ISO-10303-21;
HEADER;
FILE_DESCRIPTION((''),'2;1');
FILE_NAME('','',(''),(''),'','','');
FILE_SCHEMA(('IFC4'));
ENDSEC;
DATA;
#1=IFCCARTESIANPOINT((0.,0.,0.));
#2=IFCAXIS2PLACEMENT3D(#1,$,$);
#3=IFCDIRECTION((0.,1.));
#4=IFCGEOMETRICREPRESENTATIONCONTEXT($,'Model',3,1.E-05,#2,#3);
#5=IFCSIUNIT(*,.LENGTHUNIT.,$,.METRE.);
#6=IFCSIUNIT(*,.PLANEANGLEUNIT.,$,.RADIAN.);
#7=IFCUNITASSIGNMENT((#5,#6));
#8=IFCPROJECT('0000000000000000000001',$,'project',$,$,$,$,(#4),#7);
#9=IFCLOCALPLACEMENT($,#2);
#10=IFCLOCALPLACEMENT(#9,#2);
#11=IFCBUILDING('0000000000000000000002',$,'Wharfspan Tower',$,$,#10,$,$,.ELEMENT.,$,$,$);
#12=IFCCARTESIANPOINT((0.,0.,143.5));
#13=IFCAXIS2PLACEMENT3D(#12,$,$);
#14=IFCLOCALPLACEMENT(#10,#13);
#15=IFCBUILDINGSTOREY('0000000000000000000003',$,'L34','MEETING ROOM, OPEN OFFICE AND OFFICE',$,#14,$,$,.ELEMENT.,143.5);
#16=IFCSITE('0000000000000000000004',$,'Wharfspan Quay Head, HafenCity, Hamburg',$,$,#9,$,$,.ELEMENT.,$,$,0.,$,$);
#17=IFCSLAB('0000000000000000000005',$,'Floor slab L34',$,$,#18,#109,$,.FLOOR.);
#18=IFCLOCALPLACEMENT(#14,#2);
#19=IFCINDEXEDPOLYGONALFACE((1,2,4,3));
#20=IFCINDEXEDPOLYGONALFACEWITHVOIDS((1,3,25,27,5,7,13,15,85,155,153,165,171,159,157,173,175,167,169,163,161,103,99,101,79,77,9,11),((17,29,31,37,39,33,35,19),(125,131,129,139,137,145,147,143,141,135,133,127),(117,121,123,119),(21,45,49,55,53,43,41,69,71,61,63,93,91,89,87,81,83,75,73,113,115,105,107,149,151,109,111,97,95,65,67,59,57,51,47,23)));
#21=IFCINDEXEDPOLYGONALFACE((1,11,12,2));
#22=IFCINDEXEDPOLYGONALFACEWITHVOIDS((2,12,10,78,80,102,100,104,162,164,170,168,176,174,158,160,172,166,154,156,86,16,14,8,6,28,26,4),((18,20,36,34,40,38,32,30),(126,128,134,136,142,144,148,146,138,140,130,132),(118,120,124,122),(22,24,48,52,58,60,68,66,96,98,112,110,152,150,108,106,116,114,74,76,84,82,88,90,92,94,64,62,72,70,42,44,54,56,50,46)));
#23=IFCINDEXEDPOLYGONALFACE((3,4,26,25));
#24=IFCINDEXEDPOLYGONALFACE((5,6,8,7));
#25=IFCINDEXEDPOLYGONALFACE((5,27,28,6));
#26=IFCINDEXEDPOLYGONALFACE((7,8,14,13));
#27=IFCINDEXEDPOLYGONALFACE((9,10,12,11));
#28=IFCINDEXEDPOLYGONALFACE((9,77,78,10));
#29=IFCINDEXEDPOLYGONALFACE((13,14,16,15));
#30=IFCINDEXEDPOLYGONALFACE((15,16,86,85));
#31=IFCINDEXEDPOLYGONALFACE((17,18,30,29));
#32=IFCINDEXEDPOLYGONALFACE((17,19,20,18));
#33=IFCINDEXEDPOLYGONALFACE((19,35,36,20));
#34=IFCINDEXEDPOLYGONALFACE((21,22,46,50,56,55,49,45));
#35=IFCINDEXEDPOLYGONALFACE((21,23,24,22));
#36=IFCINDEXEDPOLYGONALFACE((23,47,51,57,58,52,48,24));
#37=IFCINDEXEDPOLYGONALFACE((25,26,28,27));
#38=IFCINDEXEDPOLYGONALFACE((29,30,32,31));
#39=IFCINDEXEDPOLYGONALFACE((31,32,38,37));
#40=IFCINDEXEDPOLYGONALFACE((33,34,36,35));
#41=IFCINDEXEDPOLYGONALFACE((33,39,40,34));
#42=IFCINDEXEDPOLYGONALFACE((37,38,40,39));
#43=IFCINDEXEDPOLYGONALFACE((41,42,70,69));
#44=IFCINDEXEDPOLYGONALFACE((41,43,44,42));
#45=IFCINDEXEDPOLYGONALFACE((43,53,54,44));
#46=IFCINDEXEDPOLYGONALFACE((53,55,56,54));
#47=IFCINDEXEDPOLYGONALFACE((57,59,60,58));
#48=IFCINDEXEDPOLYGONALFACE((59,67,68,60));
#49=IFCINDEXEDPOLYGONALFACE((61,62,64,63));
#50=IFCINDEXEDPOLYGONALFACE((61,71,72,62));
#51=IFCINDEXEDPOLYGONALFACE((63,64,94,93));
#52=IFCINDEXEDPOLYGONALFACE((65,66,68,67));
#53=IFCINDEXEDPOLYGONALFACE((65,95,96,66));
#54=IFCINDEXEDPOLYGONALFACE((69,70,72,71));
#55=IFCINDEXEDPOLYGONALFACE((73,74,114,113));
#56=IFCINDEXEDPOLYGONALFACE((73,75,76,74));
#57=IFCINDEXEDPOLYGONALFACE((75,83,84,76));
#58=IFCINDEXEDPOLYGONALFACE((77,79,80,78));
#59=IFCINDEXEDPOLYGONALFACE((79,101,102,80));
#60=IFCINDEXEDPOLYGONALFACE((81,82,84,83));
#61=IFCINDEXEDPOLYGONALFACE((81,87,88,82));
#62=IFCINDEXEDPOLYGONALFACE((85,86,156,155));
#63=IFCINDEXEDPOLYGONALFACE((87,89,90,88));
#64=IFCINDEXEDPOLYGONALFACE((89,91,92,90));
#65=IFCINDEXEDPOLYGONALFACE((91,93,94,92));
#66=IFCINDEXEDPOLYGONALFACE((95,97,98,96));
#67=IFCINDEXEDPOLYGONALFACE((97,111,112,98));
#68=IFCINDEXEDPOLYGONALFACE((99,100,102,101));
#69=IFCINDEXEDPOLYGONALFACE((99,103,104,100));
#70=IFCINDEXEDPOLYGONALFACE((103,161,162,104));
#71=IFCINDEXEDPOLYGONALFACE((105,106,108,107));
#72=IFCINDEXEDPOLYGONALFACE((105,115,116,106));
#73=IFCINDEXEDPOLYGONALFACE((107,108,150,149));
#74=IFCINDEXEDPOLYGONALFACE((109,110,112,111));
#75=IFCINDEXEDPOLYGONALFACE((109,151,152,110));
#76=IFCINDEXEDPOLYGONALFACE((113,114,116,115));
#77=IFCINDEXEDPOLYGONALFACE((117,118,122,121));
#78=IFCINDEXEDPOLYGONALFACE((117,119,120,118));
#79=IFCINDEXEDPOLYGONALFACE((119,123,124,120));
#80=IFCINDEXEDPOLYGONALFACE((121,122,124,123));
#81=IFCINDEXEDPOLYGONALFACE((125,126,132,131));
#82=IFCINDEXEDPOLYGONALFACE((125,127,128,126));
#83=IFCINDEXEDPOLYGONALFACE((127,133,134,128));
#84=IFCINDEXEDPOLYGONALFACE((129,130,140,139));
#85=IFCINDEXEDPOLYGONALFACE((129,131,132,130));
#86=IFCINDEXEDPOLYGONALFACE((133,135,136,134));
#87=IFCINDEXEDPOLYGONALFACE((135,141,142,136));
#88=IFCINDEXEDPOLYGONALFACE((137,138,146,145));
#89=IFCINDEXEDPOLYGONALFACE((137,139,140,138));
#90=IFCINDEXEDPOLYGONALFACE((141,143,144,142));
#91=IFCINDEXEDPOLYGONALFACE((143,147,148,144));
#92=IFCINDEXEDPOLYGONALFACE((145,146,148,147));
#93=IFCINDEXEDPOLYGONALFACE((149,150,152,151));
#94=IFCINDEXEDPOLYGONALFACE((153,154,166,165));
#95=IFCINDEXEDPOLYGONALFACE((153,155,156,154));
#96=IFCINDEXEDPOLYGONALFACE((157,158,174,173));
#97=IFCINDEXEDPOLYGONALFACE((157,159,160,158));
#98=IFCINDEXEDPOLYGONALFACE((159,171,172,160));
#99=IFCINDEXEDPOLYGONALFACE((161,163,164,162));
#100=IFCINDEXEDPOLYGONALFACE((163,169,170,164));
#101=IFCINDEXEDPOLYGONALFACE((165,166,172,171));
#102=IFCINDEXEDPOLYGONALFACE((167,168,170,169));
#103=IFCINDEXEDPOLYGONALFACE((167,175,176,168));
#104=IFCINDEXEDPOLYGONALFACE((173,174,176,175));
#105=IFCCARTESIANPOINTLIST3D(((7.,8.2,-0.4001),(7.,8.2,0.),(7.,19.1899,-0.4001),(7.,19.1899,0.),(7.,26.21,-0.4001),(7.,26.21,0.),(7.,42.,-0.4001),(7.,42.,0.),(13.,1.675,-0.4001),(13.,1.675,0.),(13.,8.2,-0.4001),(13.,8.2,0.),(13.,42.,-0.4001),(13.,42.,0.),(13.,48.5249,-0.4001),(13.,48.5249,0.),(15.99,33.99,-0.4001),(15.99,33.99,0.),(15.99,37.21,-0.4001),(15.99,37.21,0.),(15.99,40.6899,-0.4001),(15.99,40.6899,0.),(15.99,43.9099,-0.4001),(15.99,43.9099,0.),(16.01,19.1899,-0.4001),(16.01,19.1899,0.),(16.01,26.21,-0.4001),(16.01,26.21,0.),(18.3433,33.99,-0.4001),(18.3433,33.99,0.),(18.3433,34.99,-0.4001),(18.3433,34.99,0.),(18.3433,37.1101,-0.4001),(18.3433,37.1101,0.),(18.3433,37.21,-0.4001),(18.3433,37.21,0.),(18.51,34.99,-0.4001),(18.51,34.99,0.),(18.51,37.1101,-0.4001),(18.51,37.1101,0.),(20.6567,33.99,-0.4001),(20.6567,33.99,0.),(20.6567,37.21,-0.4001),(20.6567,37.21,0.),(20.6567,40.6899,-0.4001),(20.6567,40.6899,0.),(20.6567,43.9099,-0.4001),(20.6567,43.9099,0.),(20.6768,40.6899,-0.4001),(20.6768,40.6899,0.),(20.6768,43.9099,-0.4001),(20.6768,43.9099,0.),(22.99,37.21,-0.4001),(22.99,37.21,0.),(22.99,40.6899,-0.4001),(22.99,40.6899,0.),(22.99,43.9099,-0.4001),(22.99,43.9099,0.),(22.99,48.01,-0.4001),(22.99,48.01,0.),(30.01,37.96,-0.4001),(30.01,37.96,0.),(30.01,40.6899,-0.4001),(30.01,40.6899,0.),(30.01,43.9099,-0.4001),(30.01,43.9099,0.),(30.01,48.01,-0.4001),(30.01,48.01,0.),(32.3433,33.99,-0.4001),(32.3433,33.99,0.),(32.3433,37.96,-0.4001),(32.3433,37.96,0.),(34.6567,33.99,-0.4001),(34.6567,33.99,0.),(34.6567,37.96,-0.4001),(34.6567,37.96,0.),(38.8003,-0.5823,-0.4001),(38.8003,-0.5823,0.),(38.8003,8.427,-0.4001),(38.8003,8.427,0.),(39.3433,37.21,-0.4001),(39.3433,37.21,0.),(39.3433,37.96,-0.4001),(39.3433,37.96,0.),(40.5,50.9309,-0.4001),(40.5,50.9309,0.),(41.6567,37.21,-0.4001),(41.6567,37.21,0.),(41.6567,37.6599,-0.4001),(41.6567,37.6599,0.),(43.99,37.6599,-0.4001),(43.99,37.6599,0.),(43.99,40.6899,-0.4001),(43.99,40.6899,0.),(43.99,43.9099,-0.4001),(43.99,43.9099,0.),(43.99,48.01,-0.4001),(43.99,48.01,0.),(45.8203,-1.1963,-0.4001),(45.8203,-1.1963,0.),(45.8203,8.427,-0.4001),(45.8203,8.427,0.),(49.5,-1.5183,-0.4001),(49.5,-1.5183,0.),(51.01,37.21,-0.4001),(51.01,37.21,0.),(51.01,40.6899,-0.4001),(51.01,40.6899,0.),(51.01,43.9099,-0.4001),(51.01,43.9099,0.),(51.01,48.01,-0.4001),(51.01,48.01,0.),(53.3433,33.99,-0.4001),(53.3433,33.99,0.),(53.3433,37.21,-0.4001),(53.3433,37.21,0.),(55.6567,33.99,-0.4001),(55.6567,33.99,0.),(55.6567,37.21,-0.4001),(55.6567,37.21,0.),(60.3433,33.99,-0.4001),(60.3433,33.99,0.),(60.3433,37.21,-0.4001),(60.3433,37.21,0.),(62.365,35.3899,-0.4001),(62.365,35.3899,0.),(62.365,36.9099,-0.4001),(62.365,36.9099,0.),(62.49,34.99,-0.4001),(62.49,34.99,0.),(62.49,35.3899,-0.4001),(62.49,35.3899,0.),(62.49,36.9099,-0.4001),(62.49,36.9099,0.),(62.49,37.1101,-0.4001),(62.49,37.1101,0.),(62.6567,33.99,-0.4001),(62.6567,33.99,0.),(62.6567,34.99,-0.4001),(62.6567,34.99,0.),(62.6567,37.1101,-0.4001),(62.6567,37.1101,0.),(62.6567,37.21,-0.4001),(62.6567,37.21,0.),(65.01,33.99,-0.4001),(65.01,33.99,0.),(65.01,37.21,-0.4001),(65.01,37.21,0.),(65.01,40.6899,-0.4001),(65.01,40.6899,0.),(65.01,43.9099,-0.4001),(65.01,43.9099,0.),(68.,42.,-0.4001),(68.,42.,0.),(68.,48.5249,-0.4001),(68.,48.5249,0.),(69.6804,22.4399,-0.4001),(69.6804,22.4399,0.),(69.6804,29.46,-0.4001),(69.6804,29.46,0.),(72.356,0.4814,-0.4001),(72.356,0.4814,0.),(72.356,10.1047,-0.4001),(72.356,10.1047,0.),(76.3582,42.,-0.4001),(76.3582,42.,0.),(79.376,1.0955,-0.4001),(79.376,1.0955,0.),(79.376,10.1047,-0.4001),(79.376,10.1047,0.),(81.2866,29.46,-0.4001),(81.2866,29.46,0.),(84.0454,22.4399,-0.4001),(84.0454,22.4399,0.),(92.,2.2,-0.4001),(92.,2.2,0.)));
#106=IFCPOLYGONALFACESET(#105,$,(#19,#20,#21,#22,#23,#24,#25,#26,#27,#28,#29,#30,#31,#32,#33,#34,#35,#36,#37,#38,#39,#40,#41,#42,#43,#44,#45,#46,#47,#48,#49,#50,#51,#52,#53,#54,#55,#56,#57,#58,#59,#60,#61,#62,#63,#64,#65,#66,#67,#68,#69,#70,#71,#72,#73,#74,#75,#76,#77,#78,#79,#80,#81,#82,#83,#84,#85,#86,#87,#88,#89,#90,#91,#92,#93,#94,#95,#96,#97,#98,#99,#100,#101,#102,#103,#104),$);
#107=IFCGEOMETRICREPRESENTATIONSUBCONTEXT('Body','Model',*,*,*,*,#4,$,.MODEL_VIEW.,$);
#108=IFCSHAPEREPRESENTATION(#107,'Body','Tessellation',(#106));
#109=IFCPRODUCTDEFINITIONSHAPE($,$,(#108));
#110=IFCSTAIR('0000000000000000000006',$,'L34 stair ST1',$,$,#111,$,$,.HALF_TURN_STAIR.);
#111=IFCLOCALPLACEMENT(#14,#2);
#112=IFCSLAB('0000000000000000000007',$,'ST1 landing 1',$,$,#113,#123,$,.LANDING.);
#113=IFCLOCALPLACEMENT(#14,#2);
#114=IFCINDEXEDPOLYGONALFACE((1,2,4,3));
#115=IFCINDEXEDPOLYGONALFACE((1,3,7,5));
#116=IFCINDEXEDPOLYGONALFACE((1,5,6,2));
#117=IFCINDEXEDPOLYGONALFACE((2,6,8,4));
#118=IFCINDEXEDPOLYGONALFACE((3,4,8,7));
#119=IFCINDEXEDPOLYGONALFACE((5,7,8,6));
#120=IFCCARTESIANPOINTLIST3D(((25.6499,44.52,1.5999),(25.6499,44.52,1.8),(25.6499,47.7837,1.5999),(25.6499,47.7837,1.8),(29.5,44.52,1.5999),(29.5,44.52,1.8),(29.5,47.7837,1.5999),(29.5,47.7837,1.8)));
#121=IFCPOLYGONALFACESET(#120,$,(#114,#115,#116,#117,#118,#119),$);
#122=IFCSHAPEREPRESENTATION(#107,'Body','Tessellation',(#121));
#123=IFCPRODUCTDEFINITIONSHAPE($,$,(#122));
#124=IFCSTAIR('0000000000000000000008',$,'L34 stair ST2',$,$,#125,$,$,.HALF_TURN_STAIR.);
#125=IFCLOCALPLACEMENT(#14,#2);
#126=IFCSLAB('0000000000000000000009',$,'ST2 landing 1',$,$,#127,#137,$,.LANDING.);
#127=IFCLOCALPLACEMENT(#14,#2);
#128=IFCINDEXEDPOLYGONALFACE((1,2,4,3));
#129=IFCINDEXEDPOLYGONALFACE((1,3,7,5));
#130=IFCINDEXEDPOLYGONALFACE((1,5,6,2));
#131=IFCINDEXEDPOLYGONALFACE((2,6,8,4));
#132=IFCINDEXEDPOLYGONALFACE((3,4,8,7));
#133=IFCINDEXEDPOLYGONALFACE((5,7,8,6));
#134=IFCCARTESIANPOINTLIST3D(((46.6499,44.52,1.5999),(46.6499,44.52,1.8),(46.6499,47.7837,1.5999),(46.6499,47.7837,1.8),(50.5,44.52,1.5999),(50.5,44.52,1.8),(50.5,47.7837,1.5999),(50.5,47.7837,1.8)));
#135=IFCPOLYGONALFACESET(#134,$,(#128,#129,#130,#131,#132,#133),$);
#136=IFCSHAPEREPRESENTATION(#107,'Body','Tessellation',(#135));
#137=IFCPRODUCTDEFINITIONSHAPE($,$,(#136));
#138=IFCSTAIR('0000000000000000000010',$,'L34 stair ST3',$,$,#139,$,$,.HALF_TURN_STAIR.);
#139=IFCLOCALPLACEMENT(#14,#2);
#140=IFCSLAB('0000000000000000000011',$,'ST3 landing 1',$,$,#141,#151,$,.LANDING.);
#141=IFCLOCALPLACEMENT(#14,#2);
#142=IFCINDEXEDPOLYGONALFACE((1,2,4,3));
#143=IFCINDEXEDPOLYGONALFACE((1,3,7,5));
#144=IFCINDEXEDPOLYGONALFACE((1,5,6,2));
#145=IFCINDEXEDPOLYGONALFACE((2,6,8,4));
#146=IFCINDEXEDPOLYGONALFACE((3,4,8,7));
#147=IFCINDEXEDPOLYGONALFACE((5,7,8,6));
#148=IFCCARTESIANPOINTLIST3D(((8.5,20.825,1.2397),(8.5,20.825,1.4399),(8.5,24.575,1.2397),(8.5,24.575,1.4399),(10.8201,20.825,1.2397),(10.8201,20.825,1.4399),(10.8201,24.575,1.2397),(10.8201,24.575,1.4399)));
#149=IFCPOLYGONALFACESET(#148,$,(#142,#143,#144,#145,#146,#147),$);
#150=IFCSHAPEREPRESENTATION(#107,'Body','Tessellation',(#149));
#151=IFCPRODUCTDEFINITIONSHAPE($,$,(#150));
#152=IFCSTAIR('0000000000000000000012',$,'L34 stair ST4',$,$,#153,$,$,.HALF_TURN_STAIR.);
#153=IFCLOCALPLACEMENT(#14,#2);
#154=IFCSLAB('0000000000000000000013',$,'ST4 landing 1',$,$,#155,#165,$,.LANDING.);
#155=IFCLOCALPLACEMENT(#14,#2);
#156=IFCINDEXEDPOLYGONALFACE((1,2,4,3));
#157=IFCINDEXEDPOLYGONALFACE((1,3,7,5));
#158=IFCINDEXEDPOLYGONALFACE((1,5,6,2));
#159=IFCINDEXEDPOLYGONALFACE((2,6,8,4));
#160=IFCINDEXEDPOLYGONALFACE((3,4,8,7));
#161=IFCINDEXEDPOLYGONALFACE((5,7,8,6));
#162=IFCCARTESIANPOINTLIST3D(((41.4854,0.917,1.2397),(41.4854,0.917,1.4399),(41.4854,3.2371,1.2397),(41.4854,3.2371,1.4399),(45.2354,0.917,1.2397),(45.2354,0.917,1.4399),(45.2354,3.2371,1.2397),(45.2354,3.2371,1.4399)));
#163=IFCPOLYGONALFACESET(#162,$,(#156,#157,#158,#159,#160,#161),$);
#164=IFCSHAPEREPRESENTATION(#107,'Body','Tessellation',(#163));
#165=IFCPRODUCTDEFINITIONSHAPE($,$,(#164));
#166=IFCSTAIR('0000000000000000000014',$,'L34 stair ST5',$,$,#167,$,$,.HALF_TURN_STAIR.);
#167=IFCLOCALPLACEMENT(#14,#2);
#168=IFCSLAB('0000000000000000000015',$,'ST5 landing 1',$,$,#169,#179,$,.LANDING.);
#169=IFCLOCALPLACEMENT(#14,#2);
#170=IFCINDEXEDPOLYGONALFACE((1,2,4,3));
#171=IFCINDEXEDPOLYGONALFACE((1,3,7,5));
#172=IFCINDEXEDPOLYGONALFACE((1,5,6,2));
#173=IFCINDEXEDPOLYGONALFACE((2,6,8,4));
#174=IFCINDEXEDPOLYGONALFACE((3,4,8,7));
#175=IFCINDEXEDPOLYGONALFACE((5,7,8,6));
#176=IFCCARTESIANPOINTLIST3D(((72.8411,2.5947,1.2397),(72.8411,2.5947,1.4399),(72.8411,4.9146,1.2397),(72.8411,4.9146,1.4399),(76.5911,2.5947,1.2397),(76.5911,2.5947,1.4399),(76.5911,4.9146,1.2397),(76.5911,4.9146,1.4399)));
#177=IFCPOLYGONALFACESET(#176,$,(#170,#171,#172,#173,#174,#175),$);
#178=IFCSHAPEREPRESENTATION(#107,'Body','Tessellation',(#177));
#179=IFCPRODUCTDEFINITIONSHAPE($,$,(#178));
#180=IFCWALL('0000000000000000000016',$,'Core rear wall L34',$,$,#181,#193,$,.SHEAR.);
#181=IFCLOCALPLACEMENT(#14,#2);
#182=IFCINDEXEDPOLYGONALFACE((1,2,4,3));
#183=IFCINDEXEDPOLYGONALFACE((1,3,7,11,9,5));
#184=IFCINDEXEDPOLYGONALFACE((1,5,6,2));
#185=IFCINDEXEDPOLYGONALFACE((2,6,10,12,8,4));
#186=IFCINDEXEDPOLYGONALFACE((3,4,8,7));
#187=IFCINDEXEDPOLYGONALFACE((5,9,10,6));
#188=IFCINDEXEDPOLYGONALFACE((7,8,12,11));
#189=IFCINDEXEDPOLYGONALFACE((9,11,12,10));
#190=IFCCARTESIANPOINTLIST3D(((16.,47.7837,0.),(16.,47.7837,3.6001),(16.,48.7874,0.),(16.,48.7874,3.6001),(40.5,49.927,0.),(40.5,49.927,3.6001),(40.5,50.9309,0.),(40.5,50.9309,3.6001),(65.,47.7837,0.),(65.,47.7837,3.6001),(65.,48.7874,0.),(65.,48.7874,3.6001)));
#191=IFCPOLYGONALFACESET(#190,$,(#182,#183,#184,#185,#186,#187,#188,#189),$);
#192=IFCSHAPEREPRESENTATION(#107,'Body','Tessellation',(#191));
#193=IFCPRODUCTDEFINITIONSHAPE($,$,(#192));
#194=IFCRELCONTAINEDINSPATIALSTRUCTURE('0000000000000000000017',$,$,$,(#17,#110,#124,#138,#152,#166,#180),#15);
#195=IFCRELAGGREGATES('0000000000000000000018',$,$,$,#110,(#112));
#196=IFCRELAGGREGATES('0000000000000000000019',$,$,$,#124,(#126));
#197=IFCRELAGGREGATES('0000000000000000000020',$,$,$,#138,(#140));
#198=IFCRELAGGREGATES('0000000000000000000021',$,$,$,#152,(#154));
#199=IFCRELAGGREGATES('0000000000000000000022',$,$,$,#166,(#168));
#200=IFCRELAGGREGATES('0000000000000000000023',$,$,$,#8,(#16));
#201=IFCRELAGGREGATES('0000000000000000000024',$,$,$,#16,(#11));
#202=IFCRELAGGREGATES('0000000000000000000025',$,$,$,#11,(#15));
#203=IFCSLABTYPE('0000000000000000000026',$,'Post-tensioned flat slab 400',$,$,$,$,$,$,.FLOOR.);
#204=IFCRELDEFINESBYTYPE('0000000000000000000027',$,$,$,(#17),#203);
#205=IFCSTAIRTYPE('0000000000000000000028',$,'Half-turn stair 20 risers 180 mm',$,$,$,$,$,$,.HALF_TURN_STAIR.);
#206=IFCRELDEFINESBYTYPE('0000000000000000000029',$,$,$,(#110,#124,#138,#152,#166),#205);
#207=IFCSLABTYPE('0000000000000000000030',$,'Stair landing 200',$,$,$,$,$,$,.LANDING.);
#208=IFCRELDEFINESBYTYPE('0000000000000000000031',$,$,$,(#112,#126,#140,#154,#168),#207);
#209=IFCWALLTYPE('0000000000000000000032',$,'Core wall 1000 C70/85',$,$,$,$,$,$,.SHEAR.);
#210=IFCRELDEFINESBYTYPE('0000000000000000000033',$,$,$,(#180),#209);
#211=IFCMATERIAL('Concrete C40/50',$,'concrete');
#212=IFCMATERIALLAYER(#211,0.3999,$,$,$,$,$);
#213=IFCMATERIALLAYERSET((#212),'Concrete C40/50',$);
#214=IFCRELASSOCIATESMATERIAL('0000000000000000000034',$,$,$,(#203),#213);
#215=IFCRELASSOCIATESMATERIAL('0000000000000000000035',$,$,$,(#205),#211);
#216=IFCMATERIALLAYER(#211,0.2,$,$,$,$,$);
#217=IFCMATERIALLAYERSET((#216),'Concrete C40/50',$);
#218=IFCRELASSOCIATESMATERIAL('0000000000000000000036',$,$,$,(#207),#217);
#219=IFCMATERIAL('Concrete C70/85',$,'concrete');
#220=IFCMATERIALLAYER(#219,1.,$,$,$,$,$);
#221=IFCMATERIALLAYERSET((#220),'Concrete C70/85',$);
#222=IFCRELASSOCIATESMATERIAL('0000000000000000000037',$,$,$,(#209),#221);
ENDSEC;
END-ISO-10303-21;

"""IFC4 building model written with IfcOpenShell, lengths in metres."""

from ifc_helpers import new_model, si_unit, direction, frame, origin, place, context, subcontext, project, spatial, polyline, outline, extrude, material, layer, layer_set, type_object, element, aggregate, save


model = new_model("IFC4")

# Units and contexts
model_context = context("Model", 3, precision=1e-05, world=origin(), true_north=direction((0.0, 1.0)))
body_context = subcontext(model_context, "Body", "Model", "MODEL_VIEW")
ifc_project = project(units=[si_unit("LENGTHUNIT", "METRE"), si_unit("PLANEANGLEUNIT", "RADIAN")], contexts=[model_context])

# Site, building, storey
site_placement = place(None, origin())
site = spatial("IfcSite", under=ifc_project, at=site_placement, Name="Wharfspan Quay Head, HafenCity, Hamburg", CompositionType="ELEMENT", RefElevation=0.0)
building_placement = place(site_placement, origin())
building = spatial("IfcBuilding", under=site, at=building_placement, Name="Wharfspan Tower", CompositionType="ELEMENT")
storey_placement = place(building_placement, frame((0.0, 0.0, 143.5)))
storey = spatial("IfcBuildingStorey", under=building, at=storey_placement, Name="L34", Description="MEETING ROOM, OPEN OFFICE AND OFFICE", CompositionType="ELEMENT", Elevation=143.5)

# Slab
ifc_material_1 = material(Name="Concrete C40/50", Category="concrete")
ifc_layer_1 = layer(ifc_material_1, 0.3999)
ifc_layer_set_1 = layer_set([ifc_layer_1], Name="Concrete C40/50")
slab_type_1 = type_object("IfcSlabType", Name="Post-tensioned flat slab 400", PredefinedType="FLOOR", material=ifc_layer_set_1)
slab_1_placement = place(storey_placement, frame((0.0, 0.0, -0.4001)))
element("IfcSlab", 1, at=slab_1_placement, inside=storey, type_object=slab_type_1, Name="Floor slab L34", PredefinedType="FLOOR", context=body_context, shape_type="SweptSolid", body=[
    extrude(outline(polyline([(38.8003, -0.5823), (38.8003, 8.427), (45.8203, 8.427), (45.8203, -1.1963), (49.5, -1.5183), (72.356, 0.4814), (72.356, 10.1047), (79.376, 10.1047), (79.376, 1.0955), (92.0, 2.2), (84.0454, 22.4399), (69.6804, 22.4399), (69.6804, 29.46), (81.2866, 29.46), (76.3582, 42.0), (68.0, 42.0), (68.0, 48.5249), (40.5, 50.9309), (13.0, 48.5249), (13.0, 42.0), (7.0, 42.0), (7.0, 26.21), (16.01, 26.21), (16.01, 19.1899), (7.0, 19.1899), (7.0, 8.2), (13.0, 8.2), (13.0, 1.675), (38.8003, -0.5823)]), holes=[polyline([(15.99, 40.6899), (15.99, 43.9099), (20.6567, 43.9099), (20.6768, 43.9099), (22.99, 43.9099), (22.99, 48.01), (30.01, 48.01), (30.01, 43.9099), (43.99, 43.9099), (43.99, 48.01), (51.01, 48.01), (51.01, 43.9099), (65.01, 43.9099), (65.01, 40.6899), (51.01, 40.6899), (51.01, 37.21), (53.3433, 37.21), (53.3433, 33.99), (34.6567, 33.99), (34.6567, 37.96), (39.3433, 37.96), (39.3433, 37.21), (41.6567, 37.21), (41.6567, 37.6599), (43.99, 37.6599), (43.99, 40.6899), (30.01, 40.6899), (30.01, 37.96), (32.3433, 37.96), (32.3433, 33.99), (20.6567, 33.99), (20.6567, 37.21), (22.99, 37.21), (22.99, 40.6899), (20.6768, 40.6899), (20.6567, 40.6899), (15.99, 40.6899)]), polyline([(62.49, 35.3899), (62.365, 35.3899), (62.365, 36.9099), (62.49, 36.9099), (62.49, 37.1101), (62.6567, 37.1101), (62.6567, 37.21), (65.01, 37.21), (65.01, 33.99), (62.6567, 33.99), (62.6567, 34.99), (62.49, 34.99), (62.49, 35.3899)]), polyline([(55.6567, 33.99), (55.6567, 37.21), (60.3433, 37.21), (60.3433, 33.99), (55.6567, 33.99)]), polyline([(18.51, 34.99), (18.3433, 34.99), (18.3433, 33.99), (15.99, 33.99), (15.99, 37.21), (18.3433, 37.21), (18.3433, 37.1101), (18.51, 37.1101), (18.51, 34.99)])]), origin(), (0.0, 0.0, 1.0), 0.4001),
])

# Stairs, slabs
stair_type = type_object("IfcStairType", Name="Half-turn stair 20 risers 180 mm", PredefinedType="HALF_TURN_STAIR", material=ifc_material_1)
stair_1_placement = place(storey_placement, origin())
stair_1 = element("IfcStair", 2, at=stair_1_placement, inside=storey, type_object=stair_type, Name="L34 stair ST1", PredefinedType="HALF_TURN_STAIR")
ifc_layer_2 = layer(ifc_material_1, 0.2)
ifc_layer_set_2 = layer_set([ifc_layer_2], Name="Concrete C40/50")
slab_type_2 = type_object("IfcSlabType", Name="Stair landing 200", PredefinedType="LANDING", material=ifc_layer_set_2)
slab_2_placement = place(storey_placement, frame((0.0, 0.0, 1.5999)))
slab_2 = element("IfcSlab", 3, at=slab_2_placement, type_object=slab_type_2, Name="ST1 landing 1", PredefinedType="LANDING", context=body_context, shape_type="SweptSolid", body=[
    extrude(outline(polyline([(25.6499, 44.52), (29.5, 44.52), (29.5, 47.7837), (25.6499, 47.7837), (25.6499, 44.52)])), origin(), (0.0, 0.0, 1.0), 0.2002),
])
aggregate(stair_1, [slab_2])
stair_2_placement = place(storey_placement, origin())
stair_2 = element("IfcStair", 4, at=stair_2_placement, inside=storey, type_object=stair_type, Name="L34 stair ST2", PredefinedType="HALF_TURN_STAIR")
slab_3_placement = place(storey_placement, frame((0.0, 0.0, 1.5999)))
slab_3 = element("IfcSlab", 5, at=slab_3_placement, type_object=slab_type_2, Name="ST2 landing 1", PredefinedType="LANDING", context=body_context, shape_type="SweptSolid", body=[
    extrude(outline(polyline([(46.6499, 44.52), (50.5, 44.52), (50.5, 47.7837), (46.6499, 47.7837), (46.6499, 44.52)])), origin(), (0.0, 0.0, 1.0), 0.2002),
])
aggregate(stair_2, [slab_3])
stair_3_placement = place(storey_placement, origin())
stair_3 = element("IfcStair", 6, at=stair_3_placement, inside=storey, type_object=stair_type, Name="L34 stair ST3", PredefinedType="HALF_TURN_STAIR")
slab_4_placement = place(storey_placement, frame((0.0, 0.0, 1.2397)))
slab_4 = element("IfcSlab", 7, at=slab_4_placement, type_object=slab_type_2, Name="ST3 landing 1", PredefinedType="LANDING", context=body_context, shape_type="SweptSolid", body=[
    extrude(outline(polyline([(10.8201, 24.575), (8.5, 24.575), (8.5, 20.825), (10.8201, 20.825), (10.8201, 24.575)])), origin(), (0.0, 0.0, 1.0), 0.2002),
])
aggregate(stair_3, [slab_4])
stair_4_placement = place(storey_placement, origin())
stair_4 = element("IfcStair", 8, at=stair_4_placement, inside=storey, type_object=stair_type, Name="L34 stair ST4", PredefinedType="HALF_TURN_STAIR")
slab_5_placement = place(storey_placement, frame((0.0, 0.0, 1.2397)))
slab_5 = element("IfcSlab", 9, at=slab_5_placement, type_object=slab_type_2, Name="ST4 landing 1", PredefinedType="LANDING", context=body_context, shape_type="SweptSolid", body=[
    extrude(outline(polyline([(41.4854, 3.2371), (41.4854, 0.917), (45.2354, 0.917), (45.2354, 3.2371), (41.4854, 3.2371)])), origin(), (0.0, 0.0, 1.0), 0.2002),
])
aggregate(stair_4, [slab_5])
stair_5_placement = place(storey_placement, origin())
stair_5 = element("IfcStair", 10, at=stair_5_placement, inside=storey, type_object=stair_type, Name="L34 stair ST5", PredefinedType="HALF_TURN_STAIR")
slab_6_placement = place(storey_placement, frame((0.0, 0.0, 1.2397)))
slab_6 = element("IfcSlab", 11, at=slab_6_placement, type_object=slab_type_2, Name="ST5 landing 1", PredefinedType="LANDING", context=body_context, shape_type="SweptSolid", body=[
    extrude(outline(polyline([(72.8411, 4.9146), (72.8411, 2.5947), (76.5911, 2.5947), (76.5911, 4.9146), (72.8411, 4.9146)])), origin(), (0.0, 0.0, 1.0), 0.2002),
])
aggregate(stair_5, [slab_6])

# Wall
ifc_material_2 = material(Name="Concrete C70/85", Category="concrete")
ifc_layer_3 = layer(ifc_material_2, 1.0)
ifc_layer_set_3 = layer_set([ifc_layer_3], Name="Concrete C70/85")
wall_type_1 = type_object("IfcWallType", Name="Core wall 1000 C70/85", PredefinedType="SHEAR", material=ifc_layer_set_3)
wall_1_placement = place(storey_placement, origin())
element("IfcWall", 12, at=wall_1_placement, inside=storey, type_object=wall_type_1, Name="Core rear wall L34", PredefinedType="SHEAR", context=body_context, shape_type="SweptSolid", body=[
    extrude(outline(polyline([(16.0, 47.7837), (40.5, 49.927), (65.0, 47.7837), (65.0, 48.7874), (40.5, 50.9309), (16.0, 48.7874), (16.0, 47.7837)])), origin(), (0.0, 0.0, 1.0), 3.6001),
])

save(model, "model.ifc")
